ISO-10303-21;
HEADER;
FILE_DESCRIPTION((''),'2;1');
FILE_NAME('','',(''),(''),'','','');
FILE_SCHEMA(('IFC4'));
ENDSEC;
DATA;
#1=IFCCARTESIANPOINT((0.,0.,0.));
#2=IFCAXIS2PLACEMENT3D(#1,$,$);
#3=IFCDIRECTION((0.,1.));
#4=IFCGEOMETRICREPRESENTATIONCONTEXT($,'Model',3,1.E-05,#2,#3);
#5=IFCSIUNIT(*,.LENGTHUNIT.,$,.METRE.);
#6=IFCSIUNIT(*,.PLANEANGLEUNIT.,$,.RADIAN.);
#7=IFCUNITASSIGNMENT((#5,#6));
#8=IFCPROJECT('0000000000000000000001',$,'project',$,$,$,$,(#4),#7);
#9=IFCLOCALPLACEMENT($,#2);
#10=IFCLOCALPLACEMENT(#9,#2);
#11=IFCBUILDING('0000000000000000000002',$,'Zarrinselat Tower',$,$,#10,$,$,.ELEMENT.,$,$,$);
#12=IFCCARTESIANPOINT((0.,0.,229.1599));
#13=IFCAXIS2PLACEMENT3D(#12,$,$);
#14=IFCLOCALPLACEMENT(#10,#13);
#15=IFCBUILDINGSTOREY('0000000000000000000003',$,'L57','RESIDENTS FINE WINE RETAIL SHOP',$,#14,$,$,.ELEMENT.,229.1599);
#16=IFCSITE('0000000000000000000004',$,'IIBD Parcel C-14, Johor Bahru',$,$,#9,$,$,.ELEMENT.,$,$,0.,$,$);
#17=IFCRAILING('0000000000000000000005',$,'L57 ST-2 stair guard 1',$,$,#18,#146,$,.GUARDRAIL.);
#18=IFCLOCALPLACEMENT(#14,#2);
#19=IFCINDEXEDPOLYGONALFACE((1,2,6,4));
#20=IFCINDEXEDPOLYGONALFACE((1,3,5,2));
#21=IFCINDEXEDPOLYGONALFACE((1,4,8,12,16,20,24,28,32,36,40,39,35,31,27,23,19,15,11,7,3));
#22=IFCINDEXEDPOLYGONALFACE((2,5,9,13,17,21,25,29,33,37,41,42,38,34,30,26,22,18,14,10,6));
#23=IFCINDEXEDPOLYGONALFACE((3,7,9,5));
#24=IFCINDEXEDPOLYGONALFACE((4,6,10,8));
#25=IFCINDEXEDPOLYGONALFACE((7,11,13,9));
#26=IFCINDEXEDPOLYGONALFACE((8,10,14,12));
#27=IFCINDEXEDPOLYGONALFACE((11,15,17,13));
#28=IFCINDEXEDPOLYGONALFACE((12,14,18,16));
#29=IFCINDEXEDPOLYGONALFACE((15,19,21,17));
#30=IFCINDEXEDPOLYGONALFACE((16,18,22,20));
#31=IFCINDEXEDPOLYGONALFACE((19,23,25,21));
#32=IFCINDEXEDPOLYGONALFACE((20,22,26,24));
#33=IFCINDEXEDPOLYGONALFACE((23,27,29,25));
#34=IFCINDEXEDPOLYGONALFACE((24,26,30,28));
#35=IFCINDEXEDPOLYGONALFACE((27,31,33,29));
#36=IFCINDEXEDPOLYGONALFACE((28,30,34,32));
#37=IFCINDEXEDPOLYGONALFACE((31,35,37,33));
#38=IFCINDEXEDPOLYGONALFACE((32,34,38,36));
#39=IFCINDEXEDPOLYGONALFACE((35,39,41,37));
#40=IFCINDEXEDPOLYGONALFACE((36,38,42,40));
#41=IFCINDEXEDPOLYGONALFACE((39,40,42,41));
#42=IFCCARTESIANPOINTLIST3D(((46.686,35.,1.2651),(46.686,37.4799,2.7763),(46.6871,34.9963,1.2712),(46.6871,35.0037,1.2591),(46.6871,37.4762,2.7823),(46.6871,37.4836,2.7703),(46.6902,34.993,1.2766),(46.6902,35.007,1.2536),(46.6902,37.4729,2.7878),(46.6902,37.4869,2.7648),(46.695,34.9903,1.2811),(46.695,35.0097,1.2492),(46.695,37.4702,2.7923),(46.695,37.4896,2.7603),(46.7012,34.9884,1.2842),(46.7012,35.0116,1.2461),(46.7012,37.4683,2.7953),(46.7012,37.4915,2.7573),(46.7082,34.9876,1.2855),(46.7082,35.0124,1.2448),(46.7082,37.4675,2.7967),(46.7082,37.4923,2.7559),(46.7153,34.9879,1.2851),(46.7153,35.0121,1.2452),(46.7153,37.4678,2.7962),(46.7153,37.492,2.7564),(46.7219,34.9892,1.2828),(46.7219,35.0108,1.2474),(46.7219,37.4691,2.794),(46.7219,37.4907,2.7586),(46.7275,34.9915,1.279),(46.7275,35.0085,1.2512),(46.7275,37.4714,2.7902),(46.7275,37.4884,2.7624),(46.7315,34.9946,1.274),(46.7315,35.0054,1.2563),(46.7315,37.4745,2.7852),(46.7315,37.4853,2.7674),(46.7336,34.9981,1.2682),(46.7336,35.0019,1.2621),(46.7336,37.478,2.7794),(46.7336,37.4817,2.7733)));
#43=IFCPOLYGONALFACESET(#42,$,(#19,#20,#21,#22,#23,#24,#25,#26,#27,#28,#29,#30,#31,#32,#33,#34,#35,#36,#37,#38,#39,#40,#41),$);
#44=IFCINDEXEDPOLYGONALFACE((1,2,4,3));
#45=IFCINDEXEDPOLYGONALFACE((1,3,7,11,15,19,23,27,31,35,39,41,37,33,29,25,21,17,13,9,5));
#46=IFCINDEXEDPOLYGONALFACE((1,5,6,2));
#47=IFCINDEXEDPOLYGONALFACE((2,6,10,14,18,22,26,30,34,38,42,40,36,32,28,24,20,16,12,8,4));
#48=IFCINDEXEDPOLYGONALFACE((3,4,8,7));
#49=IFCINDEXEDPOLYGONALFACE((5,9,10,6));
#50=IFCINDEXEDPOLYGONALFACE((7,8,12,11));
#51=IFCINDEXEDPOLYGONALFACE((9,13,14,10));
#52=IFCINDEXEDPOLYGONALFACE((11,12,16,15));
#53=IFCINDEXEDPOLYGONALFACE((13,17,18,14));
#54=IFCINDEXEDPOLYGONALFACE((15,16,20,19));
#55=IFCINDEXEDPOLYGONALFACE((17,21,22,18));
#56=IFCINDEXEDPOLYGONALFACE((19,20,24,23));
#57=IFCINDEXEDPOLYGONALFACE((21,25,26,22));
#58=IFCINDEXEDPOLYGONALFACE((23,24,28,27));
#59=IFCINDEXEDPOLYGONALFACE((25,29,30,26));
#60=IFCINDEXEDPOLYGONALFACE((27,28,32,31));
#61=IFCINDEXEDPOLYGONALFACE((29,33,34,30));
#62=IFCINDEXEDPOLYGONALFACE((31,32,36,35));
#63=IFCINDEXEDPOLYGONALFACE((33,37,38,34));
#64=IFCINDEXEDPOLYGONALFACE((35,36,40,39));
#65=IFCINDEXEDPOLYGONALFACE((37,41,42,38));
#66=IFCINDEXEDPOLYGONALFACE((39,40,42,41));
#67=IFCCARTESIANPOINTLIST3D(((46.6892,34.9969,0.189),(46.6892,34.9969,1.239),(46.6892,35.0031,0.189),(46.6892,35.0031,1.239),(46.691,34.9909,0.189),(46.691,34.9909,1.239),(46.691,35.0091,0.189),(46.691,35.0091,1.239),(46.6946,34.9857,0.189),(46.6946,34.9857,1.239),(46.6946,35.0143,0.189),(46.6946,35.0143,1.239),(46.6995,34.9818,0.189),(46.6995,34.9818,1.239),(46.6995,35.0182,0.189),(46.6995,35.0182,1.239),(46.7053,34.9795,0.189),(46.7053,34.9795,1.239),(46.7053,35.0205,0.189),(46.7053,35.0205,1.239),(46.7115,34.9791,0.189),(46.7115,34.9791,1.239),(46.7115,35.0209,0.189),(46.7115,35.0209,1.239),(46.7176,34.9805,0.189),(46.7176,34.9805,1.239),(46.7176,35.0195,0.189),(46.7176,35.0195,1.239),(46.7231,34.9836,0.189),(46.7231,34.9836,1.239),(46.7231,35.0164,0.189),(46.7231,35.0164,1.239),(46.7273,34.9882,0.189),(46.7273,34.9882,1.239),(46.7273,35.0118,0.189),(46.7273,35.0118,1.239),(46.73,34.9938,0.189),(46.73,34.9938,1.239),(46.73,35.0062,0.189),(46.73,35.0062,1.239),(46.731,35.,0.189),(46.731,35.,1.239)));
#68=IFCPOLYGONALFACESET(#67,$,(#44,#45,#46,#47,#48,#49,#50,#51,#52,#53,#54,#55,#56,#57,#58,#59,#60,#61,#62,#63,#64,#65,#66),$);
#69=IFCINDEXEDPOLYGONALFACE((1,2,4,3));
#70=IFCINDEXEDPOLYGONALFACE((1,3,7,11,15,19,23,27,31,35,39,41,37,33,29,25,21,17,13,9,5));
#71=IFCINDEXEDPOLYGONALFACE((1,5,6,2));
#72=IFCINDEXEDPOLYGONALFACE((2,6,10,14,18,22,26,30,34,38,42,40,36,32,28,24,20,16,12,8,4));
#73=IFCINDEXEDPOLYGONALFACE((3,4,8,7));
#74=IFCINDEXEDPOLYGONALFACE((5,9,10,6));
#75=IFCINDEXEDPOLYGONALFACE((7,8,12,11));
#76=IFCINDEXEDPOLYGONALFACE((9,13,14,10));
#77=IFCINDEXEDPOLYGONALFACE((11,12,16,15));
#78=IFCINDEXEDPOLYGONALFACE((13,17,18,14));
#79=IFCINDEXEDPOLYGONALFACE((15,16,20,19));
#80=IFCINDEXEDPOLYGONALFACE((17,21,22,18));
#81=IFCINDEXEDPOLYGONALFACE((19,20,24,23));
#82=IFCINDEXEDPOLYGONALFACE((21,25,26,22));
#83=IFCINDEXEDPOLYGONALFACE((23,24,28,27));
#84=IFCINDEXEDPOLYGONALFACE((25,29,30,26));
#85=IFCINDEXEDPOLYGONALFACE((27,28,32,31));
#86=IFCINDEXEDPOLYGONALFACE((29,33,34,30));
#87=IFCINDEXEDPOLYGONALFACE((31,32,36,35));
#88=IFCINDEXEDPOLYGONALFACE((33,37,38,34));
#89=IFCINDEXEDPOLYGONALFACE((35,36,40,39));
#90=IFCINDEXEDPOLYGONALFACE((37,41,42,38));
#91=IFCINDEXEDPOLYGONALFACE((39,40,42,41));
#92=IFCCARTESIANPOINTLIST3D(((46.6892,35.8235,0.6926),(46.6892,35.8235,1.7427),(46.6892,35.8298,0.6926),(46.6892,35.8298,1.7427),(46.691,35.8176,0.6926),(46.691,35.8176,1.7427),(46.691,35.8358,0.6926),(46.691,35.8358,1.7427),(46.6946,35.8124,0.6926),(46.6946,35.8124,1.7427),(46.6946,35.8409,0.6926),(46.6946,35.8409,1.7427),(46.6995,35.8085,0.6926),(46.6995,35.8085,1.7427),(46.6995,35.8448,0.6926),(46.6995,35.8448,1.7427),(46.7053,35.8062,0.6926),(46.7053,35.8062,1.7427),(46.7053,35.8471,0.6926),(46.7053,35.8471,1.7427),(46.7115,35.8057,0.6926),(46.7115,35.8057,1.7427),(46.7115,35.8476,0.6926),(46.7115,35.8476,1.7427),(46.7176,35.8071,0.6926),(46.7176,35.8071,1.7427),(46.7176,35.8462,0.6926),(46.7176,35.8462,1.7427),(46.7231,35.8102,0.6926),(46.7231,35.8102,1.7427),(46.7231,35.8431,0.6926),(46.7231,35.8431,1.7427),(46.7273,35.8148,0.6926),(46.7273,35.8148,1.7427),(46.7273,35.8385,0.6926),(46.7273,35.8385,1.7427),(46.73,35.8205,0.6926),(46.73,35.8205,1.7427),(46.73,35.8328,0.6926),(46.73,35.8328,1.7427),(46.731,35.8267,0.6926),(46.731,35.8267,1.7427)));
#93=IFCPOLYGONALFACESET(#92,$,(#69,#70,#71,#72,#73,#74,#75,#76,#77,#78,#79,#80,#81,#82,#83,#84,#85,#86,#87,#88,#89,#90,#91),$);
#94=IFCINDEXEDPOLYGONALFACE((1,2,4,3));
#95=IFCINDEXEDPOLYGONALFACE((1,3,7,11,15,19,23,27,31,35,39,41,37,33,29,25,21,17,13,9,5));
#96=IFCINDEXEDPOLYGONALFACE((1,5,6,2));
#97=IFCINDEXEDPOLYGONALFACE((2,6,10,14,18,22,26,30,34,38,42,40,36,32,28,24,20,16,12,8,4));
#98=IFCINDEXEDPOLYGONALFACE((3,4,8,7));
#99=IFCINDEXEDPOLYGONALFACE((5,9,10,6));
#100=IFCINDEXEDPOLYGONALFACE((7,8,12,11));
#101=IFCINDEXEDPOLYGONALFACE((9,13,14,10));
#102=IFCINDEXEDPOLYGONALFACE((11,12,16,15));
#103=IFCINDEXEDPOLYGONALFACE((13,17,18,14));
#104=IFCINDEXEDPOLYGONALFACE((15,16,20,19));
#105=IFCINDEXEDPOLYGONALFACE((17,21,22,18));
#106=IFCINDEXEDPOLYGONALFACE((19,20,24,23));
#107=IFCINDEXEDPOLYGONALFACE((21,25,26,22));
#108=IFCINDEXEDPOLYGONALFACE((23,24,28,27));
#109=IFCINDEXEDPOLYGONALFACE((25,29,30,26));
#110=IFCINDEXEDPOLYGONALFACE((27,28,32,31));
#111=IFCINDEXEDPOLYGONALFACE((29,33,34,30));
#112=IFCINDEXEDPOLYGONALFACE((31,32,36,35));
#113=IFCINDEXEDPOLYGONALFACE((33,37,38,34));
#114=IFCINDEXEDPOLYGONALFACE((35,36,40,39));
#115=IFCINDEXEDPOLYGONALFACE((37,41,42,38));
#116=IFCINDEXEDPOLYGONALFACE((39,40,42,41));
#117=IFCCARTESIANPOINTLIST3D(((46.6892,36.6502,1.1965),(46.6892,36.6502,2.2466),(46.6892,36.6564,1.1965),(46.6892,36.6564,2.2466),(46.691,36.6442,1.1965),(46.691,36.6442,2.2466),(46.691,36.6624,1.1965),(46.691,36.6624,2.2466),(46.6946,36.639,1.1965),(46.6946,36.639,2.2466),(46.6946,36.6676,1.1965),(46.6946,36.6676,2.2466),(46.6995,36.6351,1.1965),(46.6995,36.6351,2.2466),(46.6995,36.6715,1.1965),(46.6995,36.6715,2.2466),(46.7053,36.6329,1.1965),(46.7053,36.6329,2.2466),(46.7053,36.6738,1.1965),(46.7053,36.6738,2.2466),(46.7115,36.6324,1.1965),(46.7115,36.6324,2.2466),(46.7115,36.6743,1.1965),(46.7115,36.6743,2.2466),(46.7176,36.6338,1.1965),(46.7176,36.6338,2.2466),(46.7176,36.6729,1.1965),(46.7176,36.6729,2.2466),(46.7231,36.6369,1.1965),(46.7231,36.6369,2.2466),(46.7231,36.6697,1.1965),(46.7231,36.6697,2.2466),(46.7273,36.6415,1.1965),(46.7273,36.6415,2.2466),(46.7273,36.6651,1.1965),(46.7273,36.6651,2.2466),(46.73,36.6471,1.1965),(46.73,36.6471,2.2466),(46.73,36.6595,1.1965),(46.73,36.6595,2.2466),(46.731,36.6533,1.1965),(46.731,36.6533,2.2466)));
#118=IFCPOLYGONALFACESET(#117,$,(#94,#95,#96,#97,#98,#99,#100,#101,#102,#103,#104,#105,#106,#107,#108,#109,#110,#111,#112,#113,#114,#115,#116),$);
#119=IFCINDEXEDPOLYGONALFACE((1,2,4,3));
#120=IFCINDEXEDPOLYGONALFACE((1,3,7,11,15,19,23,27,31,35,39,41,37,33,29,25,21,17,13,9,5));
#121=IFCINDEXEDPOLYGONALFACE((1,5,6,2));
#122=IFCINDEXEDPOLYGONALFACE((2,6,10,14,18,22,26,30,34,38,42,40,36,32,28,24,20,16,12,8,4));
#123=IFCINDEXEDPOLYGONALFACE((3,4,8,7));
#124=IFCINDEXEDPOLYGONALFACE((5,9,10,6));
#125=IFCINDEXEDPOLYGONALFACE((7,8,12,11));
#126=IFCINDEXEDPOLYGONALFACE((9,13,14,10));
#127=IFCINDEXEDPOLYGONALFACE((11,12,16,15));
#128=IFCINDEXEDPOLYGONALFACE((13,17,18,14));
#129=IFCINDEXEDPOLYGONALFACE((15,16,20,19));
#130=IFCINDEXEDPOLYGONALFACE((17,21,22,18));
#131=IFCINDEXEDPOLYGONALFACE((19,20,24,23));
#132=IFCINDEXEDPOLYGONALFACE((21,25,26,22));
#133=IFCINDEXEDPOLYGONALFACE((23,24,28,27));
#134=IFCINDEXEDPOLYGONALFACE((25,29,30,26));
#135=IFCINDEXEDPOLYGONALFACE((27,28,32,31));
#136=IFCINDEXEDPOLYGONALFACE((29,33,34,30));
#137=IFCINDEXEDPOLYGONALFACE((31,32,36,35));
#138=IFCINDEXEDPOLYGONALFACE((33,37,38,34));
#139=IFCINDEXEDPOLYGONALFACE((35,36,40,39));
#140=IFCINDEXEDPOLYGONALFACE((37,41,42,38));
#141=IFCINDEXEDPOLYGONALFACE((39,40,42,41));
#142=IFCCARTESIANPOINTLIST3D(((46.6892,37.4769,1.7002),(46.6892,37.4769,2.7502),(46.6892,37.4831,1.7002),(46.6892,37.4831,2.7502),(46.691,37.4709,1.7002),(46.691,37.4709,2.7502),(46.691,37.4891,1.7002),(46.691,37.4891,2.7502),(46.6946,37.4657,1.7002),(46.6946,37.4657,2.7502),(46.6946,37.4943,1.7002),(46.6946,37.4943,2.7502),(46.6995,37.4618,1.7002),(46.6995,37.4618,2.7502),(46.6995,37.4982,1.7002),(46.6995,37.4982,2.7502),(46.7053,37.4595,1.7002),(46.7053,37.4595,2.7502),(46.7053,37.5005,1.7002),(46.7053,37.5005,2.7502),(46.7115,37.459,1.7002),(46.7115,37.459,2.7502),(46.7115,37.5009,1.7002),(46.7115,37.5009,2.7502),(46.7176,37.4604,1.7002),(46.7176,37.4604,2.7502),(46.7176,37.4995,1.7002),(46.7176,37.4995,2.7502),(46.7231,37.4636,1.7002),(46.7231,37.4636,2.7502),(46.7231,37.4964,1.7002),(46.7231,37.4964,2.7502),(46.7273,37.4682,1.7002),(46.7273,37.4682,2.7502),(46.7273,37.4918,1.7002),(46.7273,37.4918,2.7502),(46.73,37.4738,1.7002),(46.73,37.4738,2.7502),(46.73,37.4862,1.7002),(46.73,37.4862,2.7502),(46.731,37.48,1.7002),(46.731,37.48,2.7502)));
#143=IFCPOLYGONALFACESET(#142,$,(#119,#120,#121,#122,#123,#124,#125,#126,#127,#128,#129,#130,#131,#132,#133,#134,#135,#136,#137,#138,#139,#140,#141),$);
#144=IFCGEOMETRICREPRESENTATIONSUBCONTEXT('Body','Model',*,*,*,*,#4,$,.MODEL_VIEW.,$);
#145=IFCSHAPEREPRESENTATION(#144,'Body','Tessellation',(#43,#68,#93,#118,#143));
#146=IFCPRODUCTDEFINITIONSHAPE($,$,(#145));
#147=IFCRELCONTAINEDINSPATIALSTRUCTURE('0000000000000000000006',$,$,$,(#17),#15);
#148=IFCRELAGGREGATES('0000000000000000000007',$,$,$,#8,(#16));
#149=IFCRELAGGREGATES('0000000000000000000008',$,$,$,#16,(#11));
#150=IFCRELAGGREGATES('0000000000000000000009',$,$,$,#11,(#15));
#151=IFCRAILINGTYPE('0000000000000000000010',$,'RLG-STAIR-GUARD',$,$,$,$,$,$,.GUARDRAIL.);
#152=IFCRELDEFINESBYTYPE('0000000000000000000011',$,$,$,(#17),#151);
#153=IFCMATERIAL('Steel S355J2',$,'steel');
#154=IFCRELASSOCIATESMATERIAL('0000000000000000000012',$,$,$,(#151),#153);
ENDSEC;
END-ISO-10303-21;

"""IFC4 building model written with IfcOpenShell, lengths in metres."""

from ifc_helpers import new_model, si_unit, direction, frame, origin, origin_2d, place, context, subcontext, project, spatial, circle, extrude, material, type_object, element, save


model = new_model("IFC4")

# Units and contexts
model_context = context("Model", 3, precision=1e-05, world=origin(), true_north=direction((0.0, 1.0)))
body_context = subcontext(model_context, "Body", "Model", "MODEL_VIEW")
ifc_project = project(units=[si_unit("LENGTHUNIT", "METRE"), si_unit("PLANEANGLEUNIT", "RADIAN")], contexts=[model_context])

# Site, building, storey
site_placement = place(None, origin())
site = spatial("IfcSite", under=ifc_project, at=site_placement, Name="IIBD Parcel C-14, Johor Bahru", CompositionType="ELEMENT", RefElevation=0.0)
building_placement = place(site_placement, origin())
building = spatial("IfcBuilding", under=site, at=building_placement, Name="Zarrinselat Tower", CompositionType="ELEMENT")
storey_placement = place(building_placement, frame((0.0, 0.0, 229.1599)))
storey = spatial("IfcBuildingStorey", under=building, at=storey_placement, Name="L57", Description="RESIDENTS FINE WINE RETAIL SHOP", CompositionType="ELEMENT", Elevation=229.1599)

# Railing
ifc_material_1 = material(Name="Steel S355J2", Category="steel")
railing_type_1 = type_object("IfcRailingType", Name="RLG-STAIR-GUARD", PredefinedType="GUARDRAIL", material=ifc_material_1)
railing_1_placement = place(storey_placement, frame((46.71, 35.0, 0.189)))
element("IfcRailing", 1, at=railing_1_placement, inside=storey, type_object=railing_type_1, Name="L57 ST-2 stair guard 1", PredefinedType="GUARDRAIL", context=body_context, shape_type="SweptSolid", body=[
    extrude(circle(Radius=0.0239, at=origin_2d()), frame((0.0, 0.0, 1.0762), z_axis=(0.0, 0.853942, 0.520368), x_axis=(-1.0, 0.0, 0.0)), (0.0, 0.0, 1.0), 2.9041),
    extrude(circle(Radius=0.021, at=origin_2d()), origin(), (0.0, 0.0, 1.0), 1.05),
    extrude(circle(Radius=0.021, at=origin_2d()), frame((0.0, 0.8267, 0.5037)), (0.0, 0.0, 1.0), 1.05),
    extrude(circle(Radius=0.021, at=origin_2d()), frame((0.0, 1.6533, 1.0076)), (0.0, 0.0, 1.0), 1.05),
    extrude(circle(Radius=0.021, at=origin_2d()), frame((0.0, 2.48, 1.5112)), (0.0, 0.0, 1.0), 1.05),
])

save(model, "model.ifc")
